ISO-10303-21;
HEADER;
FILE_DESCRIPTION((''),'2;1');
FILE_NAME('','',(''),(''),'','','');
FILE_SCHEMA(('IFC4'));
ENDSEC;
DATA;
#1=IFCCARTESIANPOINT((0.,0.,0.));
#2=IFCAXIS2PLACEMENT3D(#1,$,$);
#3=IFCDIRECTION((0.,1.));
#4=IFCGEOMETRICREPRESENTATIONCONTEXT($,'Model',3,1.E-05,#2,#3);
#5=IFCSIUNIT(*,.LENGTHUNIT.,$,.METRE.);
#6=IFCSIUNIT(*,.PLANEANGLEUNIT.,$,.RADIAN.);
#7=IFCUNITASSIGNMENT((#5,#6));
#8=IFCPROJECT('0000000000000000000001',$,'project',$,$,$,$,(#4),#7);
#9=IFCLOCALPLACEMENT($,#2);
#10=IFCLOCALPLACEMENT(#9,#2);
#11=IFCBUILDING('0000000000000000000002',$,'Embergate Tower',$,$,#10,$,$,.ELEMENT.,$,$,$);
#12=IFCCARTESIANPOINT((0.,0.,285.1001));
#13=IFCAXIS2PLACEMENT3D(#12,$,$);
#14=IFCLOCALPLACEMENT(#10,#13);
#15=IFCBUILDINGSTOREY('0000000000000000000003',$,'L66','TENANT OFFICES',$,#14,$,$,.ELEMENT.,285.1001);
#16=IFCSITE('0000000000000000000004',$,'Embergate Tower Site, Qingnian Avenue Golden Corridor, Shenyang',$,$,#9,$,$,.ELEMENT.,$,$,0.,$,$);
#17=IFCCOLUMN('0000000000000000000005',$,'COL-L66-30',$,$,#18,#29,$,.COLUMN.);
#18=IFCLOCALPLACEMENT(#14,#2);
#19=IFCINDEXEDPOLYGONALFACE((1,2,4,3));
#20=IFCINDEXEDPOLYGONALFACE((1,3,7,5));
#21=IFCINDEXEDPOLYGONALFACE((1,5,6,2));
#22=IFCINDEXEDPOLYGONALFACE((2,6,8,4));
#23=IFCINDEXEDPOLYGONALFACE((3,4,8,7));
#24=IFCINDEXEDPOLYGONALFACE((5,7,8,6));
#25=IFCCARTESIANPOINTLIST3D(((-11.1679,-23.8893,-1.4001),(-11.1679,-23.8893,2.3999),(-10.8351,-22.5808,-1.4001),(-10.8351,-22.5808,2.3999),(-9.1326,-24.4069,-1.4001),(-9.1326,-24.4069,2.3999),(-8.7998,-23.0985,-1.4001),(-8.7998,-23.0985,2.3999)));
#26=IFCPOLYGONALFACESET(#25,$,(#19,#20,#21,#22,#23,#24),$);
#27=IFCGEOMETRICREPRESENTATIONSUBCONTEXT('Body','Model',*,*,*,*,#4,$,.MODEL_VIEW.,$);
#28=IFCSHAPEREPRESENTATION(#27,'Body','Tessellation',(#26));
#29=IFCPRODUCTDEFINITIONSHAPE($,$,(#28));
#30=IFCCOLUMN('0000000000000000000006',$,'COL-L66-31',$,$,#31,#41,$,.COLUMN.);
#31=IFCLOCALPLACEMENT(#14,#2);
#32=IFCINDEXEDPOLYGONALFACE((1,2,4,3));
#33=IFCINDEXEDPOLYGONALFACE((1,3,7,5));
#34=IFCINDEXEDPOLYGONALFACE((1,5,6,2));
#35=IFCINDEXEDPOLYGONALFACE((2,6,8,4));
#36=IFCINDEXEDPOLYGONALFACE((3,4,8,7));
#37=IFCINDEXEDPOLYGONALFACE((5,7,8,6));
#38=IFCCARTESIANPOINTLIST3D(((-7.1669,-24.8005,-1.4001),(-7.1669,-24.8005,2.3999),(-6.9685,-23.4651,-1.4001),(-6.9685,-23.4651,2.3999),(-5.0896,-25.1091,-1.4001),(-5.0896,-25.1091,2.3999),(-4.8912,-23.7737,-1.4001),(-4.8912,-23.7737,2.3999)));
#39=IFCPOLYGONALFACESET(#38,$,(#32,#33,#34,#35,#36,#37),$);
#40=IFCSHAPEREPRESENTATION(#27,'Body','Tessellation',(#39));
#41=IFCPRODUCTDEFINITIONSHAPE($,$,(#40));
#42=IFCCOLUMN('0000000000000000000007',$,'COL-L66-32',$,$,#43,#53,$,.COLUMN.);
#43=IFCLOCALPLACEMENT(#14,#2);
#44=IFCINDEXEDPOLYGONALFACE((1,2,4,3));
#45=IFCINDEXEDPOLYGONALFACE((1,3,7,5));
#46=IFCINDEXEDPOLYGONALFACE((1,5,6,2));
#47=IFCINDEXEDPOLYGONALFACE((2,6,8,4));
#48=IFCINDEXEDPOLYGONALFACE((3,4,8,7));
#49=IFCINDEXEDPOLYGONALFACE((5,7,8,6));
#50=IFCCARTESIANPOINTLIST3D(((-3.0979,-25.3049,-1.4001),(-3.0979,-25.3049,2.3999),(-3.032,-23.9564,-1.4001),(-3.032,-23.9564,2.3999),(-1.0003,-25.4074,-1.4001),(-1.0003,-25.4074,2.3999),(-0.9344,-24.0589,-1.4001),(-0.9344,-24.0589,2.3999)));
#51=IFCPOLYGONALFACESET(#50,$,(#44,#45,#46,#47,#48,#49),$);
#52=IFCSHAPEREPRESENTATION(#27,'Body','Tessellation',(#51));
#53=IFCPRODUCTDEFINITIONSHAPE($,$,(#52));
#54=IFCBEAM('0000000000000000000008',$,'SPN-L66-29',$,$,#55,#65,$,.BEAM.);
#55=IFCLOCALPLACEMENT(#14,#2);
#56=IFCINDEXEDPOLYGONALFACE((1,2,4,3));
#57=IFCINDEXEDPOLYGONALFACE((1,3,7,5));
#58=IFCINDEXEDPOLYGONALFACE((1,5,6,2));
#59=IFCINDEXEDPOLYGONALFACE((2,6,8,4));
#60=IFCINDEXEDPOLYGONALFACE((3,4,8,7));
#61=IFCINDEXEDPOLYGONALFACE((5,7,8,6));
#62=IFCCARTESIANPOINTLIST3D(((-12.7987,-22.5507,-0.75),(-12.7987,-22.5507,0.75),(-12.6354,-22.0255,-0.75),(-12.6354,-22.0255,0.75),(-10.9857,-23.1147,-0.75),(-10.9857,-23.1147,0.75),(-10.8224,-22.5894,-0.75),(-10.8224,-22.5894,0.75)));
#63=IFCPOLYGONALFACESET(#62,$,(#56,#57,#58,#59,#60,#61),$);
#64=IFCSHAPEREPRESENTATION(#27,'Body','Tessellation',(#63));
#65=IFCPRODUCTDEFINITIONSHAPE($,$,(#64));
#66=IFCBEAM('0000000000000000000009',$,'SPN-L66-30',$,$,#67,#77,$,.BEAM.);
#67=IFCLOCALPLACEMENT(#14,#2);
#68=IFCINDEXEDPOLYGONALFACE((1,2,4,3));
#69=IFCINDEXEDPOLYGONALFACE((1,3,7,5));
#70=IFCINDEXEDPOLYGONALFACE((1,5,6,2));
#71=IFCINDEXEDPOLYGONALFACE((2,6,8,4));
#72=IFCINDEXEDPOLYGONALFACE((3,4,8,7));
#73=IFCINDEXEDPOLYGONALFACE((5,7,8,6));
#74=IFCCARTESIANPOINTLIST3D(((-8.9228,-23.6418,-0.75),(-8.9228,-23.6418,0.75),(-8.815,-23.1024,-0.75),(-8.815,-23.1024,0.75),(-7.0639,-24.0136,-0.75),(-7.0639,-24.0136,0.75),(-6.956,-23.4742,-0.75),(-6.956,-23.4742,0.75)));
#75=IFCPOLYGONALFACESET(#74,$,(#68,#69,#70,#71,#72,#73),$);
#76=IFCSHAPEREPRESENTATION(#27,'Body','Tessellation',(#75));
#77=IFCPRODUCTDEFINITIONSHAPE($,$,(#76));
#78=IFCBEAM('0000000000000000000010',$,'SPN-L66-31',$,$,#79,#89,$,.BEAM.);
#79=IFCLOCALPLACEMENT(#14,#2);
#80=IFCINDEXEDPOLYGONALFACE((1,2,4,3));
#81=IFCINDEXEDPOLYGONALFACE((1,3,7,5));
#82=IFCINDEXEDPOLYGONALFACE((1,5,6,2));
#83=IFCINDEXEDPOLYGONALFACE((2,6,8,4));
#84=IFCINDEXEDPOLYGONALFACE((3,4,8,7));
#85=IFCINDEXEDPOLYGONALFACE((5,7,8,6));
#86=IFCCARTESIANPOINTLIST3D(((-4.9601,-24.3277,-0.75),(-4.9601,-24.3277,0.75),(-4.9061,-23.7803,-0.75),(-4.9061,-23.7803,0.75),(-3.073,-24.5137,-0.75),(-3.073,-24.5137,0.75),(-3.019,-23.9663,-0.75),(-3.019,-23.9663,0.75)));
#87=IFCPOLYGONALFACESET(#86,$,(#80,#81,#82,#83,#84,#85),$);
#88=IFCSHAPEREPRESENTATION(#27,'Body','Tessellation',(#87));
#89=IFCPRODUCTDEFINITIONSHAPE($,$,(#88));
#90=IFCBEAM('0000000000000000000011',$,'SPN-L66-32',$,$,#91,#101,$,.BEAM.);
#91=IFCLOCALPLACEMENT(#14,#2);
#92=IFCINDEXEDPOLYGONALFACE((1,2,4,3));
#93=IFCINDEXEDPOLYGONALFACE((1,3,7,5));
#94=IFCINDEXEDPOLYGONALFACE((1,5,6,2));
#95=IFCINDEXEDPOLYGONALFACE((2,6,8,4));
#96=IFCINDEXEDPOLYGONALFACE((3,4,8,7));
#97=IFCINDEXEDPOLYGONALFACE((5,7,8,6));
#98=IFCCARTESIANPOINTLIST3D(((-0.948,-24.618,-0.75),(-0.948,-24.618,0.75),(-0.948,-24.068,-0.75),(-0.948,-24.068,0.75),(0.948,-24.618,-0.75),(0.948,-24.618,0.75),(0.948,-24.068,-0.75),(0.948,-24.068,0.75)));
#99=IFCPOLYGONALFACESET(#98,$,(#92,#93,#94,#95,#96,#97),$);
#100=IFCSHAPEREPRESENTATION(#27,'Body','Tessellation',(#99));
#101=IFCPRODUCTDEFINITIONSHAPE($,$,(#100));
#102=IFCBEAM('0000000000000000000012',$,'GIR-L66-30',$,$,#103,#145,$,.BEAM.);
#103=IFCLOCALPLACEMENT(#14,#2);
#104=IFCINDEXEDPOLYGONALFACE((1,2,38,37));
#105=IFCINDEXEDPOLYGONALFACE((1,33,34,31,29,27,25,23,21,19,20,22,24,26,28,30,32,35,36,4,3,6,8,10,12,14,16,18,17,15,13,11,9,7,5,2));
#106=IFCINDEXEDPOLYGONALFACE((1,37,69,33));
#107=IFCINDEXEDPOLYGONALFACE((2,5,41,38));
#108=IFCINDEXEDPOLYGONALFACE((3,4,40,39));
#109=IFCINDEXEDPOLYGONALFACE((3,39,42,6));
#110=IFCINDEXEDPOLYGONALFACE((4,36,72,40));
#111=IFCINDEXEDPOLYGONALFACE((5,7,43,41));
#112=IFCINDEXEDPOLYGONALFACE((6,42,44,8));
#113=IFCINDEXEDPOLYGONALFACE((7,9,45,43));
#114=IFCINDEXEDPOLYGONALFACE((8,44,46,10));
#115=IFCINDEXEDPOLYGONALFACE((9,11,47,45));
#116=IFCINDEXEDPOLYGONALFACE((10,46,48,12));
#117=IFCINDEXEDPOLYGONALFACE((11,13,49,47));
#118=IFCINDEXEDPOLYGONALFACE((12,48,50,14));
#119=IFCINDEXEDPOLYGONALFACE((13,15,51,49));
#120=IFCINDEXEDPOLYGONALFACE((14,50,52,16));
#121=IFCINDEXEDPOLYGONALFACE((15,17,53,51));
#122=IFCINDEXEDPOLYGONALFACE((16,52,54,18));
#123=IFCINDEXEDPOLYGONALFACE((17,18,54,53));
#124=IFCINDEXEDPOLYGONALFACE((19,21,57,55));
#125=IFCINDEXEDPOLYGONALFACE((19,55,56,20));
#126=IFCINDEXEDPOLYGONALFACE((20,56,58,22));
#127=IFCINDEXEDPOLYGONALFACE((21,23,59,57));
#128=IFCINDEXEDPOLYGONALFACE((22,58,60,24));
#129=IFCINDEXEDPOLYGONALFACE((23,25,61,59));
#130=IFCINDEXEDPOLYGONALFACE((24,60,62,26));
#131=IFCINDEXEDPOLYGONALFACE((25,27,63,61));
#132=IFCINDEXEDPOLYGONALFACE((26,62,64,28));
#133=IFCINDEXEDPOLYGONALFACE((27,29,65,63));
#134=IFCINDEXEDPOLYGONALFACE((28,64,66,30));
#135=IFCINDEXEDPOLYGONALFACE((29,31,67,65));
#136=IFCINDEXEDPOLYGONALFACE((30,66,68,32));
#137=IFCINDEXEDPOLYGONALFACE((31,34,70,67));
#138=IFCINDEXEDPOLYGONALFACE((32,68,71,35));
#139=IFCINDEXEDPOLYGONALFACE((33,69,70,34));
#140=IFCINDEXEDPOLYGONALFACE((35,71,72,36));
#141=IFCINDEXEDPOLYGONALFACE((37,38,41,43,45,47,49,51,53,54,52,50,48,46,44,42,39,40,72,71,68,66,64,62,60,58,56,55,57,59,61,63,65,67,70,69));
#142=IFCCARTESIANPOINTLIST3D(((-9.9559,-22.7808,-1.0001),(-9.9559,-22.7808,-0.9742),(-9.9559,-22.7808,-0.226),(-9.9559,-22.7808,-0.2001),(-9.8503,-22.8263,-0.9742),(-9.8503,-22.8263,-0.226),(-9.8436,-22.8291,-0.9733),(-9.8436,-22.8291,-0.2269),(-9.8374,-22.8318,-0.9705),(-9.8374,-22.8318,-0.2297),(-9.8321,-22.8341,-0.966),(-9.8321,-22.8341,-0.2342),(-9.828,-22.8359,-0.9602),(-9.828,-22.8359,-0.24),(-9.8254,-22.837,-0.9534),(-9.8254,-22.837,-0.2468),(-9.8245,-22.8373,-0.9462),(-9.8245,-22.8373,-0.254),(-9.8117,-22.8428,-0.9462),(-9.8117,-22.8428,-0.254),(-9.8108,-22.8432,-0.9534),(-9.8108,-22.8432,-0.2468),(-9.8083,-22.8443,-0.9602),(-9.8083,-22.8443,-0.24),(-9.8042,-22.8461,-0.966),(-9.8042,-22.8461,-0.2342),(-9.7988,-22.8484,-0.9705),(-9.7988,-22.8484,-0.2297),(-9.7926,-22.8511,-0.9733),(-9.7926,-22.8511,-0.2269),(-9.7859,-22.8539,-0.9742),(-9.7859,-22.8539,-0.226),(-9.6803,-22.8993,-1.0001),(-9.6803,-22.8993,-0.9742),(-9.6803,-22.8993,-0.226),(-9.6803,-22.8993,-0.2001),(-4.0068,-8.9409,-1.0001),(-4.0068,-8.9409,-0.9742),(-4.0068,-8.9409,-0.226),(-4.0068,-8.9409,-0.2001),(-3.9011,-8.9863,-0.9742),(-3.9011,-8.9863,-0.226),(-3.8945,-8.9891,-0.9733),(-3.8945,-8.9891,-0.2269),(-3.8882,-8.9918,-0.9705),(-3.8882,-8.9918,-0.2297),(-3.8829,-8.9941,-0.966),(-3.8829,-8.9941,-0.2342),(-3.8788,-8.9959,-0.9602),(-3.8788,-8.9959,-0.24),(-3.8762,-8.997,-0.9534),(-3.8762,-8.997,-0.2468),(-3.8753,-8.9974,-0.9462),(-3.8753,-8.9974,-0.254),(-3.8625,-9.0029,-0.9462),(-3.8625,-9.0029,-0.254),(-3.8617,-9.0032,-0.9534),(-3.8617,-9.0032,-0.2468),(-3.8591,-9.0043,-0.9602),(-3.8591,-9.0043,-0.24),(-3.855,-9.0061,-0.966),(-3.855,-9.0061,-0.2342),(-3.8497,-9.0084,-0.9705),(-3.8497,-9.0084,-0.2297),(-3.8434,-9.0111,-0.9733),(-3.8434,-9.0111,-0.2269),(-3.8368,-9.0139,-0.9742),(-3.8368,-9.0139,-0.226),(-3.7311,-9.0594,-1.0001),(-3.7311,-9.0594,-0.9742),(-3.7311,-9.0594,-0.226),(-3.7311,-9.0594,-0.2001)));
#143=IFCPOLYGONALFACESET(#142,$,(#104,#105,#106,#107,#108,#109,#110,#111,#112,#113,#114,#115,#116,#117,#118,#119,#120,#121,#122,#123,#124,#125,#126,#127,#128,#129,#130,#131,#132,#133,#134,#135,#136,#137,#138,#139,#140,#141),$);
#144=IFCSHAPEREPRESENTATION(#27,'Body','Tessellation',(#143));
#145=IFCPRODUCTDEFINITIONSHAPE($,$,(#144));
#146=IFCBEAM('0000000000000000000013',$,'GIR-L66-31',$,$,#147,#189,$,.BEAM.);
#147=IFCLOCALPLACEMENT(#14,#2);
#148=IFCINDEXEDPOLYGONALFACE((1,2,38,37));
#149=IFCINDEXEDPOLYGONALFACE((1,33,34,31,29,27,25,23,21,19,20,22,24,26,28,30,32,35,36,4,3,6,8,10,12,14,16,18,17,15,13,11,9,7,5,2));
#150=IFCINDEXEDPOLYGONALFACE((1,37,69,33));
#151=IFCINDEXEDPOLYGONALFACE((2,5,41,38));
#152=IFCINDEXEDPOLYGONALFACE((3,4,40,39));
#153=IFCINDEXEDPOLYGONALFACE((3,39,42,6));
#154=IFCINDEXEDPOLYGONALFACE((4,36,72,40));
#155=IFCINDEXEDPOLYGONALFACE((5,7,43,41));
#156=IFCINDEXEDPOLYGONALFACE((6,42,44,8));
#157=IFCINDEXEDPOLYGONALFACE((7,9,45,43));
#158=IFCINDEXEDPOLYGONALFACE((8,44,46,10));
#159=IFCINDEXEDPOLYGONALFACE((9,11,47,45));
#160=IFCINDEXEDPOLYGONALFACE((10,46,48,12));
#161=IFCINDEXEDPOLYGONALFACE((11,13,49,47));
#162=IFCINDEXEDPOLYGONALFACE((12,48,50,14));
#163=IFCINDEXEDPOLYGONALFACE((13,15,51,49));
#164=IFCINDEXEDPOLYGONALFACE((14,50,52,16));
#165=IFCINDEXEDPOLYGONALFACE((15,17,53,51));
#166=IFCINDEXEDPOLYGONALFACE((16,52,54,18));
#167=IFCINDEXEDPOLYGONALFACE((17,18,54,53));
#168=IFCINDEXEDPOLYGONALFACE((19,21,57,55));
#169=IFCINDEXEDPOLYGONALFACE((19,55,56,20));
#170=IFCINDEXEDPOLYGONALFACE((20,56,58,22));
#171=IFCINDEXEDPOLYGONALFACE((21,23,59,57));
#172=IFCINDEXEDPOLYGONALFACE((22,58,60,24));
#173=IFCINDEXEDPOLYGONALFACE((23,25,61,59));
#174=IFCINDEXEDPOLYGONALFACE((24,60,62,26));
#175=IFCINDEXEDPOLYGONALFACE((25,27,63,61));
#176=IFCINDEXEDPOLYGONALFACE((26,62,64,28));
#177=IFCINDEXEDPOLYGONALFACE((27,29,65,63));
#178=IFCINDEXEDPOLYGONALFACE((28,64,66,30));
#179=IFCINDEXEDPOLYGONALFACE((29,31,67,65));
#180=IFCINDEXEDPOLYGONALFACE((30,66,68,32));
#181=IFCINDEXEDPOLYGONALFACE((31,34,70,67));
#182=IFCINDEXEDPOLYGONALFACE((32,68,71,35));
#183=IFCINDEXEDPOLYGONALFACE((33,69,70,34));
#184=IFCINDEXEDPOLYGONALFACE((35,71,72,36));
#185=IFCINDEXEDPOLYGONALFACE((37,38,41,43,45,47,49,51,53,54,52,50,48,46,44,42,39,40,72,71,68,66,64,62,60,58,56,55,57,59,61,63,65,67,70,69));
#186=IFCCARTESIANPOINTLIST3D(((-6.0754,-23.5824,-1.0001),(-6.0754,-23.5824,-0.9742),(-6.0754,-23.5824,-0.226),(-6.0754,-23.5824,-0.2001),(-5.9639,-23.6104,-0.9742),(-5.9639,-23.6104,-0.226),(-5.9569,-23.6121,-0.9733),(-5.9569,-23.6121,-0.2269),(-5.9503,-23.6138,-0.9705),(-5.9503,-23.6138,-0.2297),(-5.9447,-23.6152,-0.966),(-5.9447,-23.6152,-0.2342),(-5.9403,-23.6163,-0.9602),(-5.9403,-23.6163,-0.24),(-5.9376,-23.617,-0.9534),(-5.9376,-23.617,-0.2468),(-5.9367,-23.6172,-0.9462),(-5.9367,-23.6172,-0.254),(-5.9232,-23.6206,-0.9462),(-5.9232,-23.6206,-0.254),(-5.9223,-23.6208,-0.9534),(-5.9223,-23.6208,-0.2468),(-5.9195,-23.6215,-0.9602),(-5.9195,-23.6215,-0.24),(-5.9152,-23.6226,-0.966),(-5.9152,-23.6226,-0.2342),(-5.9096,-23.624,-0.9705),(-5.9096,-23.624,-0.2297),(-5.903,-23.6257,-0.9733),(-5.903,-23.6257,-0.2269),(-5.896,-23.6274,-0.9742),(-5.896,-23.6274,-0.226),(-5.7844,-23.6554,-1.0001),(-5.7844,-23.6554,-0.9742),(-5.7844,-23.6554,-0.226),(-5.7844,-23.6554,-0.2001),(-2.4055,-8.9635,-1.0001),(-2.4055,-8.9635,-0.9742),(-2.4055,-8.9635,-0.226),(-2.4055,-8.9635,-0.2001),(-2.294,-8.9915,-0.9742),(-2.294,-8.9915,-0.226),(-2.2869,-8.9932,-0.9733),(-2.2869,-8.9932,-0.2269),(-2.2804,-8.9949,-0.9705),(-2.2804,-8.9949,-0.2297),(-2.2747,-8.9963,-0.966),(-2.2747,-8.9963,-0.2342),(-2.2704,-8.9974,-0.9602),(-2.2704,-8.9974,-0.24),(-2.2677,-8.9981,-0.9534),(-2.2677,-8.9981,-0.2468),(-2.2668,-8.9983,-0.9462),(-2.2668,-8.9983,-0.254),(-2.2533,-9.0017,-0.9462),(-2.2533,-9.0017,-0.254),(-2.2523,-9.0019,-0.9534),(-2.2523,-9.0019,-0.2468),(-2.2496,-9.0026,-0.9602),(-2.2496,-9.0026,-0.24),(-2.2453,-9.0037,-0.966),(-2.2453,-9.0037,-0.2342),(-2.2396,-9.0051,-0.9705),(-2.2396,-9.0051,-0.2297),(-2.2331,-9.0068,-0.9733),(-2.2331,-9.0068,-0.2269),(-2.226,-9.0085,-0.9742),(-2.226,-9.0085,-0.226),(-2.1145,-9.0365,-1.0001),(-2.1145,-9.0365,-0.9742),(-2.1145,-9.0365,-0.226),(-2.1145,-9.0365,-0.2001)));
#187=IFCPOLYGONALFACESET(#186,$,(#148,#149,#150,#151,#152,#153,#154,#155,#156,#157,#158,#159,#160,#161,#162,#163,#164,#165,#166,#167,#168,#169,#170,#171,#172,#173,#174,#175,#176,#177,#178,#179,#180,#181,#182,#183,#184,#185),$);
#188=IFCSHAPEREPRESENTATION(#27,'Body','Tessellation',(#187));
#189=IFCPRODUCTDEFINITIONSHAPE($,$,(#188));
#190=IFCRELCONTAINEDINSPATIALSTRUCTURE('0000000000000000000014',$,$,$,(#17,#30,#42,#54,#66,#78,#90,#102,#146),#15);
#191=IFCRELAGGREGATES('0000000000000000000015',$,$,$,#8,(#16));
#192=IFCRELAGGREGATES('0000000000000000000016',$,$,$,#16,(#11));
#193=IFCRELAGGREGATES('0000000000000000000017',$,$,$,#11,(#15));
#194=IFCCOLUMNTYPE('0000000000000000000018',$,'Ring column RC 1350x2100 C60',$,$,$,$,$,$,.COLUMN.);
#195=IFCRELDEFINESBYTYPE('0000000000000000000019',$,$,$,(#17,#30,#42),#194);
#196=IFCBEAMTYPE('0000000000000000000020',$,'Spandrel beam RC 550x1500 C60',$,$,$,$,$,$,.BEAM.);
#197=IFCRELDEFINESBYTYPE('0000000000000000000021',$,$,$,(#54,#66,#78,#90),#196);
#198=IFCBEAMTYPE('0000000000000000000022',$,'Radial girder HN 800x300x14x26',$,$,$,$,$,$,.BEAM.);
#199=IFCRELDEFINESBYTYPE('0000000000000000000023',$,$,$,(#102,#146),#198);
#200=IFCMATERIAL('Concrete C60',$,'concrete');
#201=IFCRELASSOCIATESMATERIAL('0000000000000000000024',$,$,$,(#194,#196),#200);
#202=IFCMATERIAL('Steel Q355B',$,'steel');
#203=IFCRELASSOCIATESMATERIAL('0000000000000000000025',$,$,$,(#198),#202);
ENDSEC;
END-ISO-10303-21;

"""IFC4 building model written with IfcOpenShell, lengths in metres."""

from ifc_helpers import new_model, si_unit, direction, frame, origin, origin_2d, place, context, subcontext, project, spatial, rectangle, i_section, extrude, source, transform, mapped, material, material_profile, profile_set, type_object, element, save


model = new_model("IFC4")

# Units and contexts
model_context = context("Model", 3, precision=1e-05, world=origin(), true_north=direction((0.0, 1.0)))
body_context = subcontext(model_context, "Body", "Model", "MODEL_VIEW")
ifc_project = project(units=[si_unit("LENGTHUNIT", "METRE"), si_unit("PLANEANGLEUNIT", "RADIAN")], contexts=[model_context])

# Site, building, storey
site_placement = place(None, origin())
site = spatial("IfcSite", under=ifc_project, at=site_placement, Name="Embergate Tower Site, Qingnian Avenue Golden Corridor, Shenyang", CompositionType="ELEMENT", RefElevation=0.0)
building_placement = place(site_placement, origin())
building = spatial("IfcBuilding", under=site, at=building_placement, Name="Embergate Tower", CompositionType="ELEMENT")
storey_placement = place(building_placement, frame((0.0, 0.0, 285.1001)))
storey = spatial("IfcBuildingStorey", under=building, at=storey_placement, Name="L66", Description="TENANT OFFICES", CompositionType="ELEMENT", Elevation=285.1001)

# Columns
ifc_material_1 = material(Name="Concrete C60", Category="concrete")
ifc_material_profile_1 = material_profile(ifc_material_1, rectangle(XDim=1.3501, YDim=2.1001, at=origin_2d()), Name="RC 1350x2100")
ifc_profile_set_1 = profile_set([ifc_material_profile_1], Name="Concrete C60")
column_type = type_object("IfcColumnType", Name="Ring column RC 1350x2100 C60", PredefinedType="COLUMN", material=ifc_profile_set_1)
shared_shape_1 = source(origin(), body_context, "Body", "SweptSolid", [
    extrude(rectangle(XDim=1.3501, YDim=2.1001, at=origin_2d()), origin(), (0.0, 0.0, 1.0), 3.8),
])
for number, where, z_axis, x_axis, name in (
    (1, (-9.9839, -23.4939, -1.4001), (0.0, 0.0, 1.0), (-0.246492, -0.969145, 0.0), "COL-L66-30"),
    (2, (-6.0291, -24.2871, -1.4001), (0.0, 0.0, 1.0), (-0.146929, -0.989147, 0.0), "COL-L66-31"),
    (3, (-2.0161, -24.6819, -1.4001), (0.0, 0.0, 1.0), (-0.048815, -0.998808, 0.0), "COL-L66-32"),
):
    element("IfcColumn", number, at=place(storey_placement, frame(where, z_axis=z_axis, x_axis=x_axis)), inside=storey, type_object=column_type, Name=name, PredefinedType="COLUMN", context=body_context, shape_type="MappedRepresentation", body=[
        mapped(shared_shape_1, transform((0.0, 0.0, 0.0))),
    ])

# Beams
ifc_material_profile_2 = material_profile(ifc_material_1, rectangle(XDim=0.55, YDim=1.5, at=origin_2d()), Name="RC 550x1500")
ifc_profile_set_2 = profile_set([ifc_material_profile_2], Name="Concrete C60")
beam_type_1 = type_object("IfcBeamType", Name="Spandrel beam RC 550x1500 C60", PredefinedType="BEAM", material=ifc_profile_set_2)
shared_shape_2 = source(origin(), body_context, "Body", "SweptSolid", [
    extrude(rectangle(XDim=0.55, YDim=1.5, at=origin_2d()), origin(), (0.0, 0.0, 1.0), 1.8987),
])
beam_1_placement = place(storey_placement, frame((-12.717, -22.2881, 0.0), z_axis=(0.954868, -0.29703, 0.0), x_axis=(0.29703, 0.954868, 0.0)))
element("IfcBeam", 4, at=beam_1_placement, inside=storey, type_object=beam_type_1, Name="SPN-L66-29", PredefinedType="BEAM", context=body_context, shape_type="MappedRepresentation", body=[
    mapped(shared_shape_2, transform((0.0, 0.0, 0.0))),
])
shared_shape_3 = source(origin(), body_context, "Body", "SweptSolid", [
    extrude(rectangle(XDim=0.55, YDim=1.5, at=origin_2d()), origin(), (0.0, 0.0, 1.0), 1.8958),
])
beam_2_placement = place(storey_placement, frame((-8.8689, -23.3721, 0.0), z_axis=(0.980576, -0.196141, 0.0), x_axis=(0.196141, 0.980576, 0.0)))
element("IfcBeam", 5, at=beam_2_placement, inside=storey, type_object=beam_type_1, Name="SPN-L66-30", PredefinedType="BEAM", context=body_context, shape_type="MappedRepresentation", body=[
    mapped(shared_shape_3, transform((0.0, 0.0, 0.0))),
])
shared_shape_4 = source(origin(), body_context, "Body", "SweptSolid", [
    extrude(rectangle(XDim=0.55, YDim=1.5, at=origin_2d()), origin(), (0.0, 0.0, 1.0), 1.8962),
])
beam_3_placement = place(storey_placement, frame((-4.9331, -24.054, 0.0), z_axis=(0.995176, -0.098101, 0.0), x_axis=(0.098101, 0.995176, 0.0)))
element("IfcBeam", 6, at=beam_3_placement, inside=storey, type_object=beam_type_1, Name="SPN-L66-31", PredefinedType="BEAM", context=body_context, shape_type="MappedRepresentation", body=[
    mapped(shared_shape_4, transform((0.0, 0.0, 0.0))),
])
shared_shape_5 = source(origin(), body_context, "Body", "SweptSolid", [
    extrude(rectangle(XDim=0.55, YDim=1.5, at=origin_2d()), origin(), (0.0, 0.0, 1.0), 1.896),
])
beam_4_placement = place(storey_placement, frame((-0.948, -24.343, 0.0), z_axis=(1.0, 0.0, 0.0), x_axis=(0.0, 1.0, 0.0)))
element("IfcBeam", 7, at=beam_4_placement, inside=storey, type_object=beam_type_1, Name="SPN-L66-32", PredefinedType="BEAM", context=body_context, shape_type="MappedRepresentation", body=[
    mapped(shared_shape_5, transform((0.0, 0.0, 0.0))),
])
ifc_material_2 = material(Name="Steel Q355B", Category="steel")
ifc_material_profile_3 = material_profile(ifc_material_2, i_section(OverallWidth=0.3, OverallDepth=0.8, WebThickness=0.0139, FlangeThickness=0.0259, FilletRadius=0.0281, at=origin_2d()), Name="HN 800x300x14x26")
ifc_profile_set_3 = profile_set([ifc_material_profile_3], Name="Steel Q355 grade B")
beam_type_2 = type_object("IfcBeamType", Name="Radial girder HN 800x300x14x26", PredefinedType="BEAM", material=ifc_profile_set_3)
shared_shape_6 = source(origin(), body_context, "Body", "SweptSolid", [
    extrude(i_section(OverallWidth=0.3, OverallDepth=0.8, WebThickness=0.0139, FlangeThickness=0.0259, FilletRadius=0.0281, at=origin_2d()), origin(), (0.0, 0.0, 1.0), 15.0645),
])
beam_5_placement = place(storey_placement, frame((-9.8181, -22.8401, -0.6001), z_axis=(0.394915, 0.918718, 0.0), x_axis=(-0.918718, 0.394915, 0.0)))
element("IfcBeam", 8, at=beam_5_placement, inside=storey, type_object=beam_type_2, Name="GIR-L66-30", PredefinedType="BEAM", context=body_context, shape_type="MappedRepresentation", body=[
    mapped(shared_shape_6, transform((0.0, 0.0, 0.0))),
])
shared_shape_7 = source(origin(), body_context, "Body", "SweptSolid", [
    extrude(i_section(OverallWidth=0.3, OverallDepth=0.8, WebThickness=0.0139, FlangeThickness=0.0259, FilletRadius=0.0281, at=origin_2d()), origin(), (0.0, 0.0, 1.0), 15.0725),
])
beam_6_placement = place(storey_placement, frame((-5.9299, -23.6189, -0.6001), z_axis=(0.243485, 0.969905, 0.0), x_axis=(-0.969905, 0.243485, 0.0)))
element("IfcBeam", 9, at=beam_6_placement, inside=storey, type_object=beam_type_2, Name="GIR-L66-31", PredefinedType="BEAM", context=body_context, shape_type="MappedRepresentation", body=[
    mapped(shared_shape_7, transform((0.0, 0.0, 0.0))),
])

save(model, "model.ifc")
